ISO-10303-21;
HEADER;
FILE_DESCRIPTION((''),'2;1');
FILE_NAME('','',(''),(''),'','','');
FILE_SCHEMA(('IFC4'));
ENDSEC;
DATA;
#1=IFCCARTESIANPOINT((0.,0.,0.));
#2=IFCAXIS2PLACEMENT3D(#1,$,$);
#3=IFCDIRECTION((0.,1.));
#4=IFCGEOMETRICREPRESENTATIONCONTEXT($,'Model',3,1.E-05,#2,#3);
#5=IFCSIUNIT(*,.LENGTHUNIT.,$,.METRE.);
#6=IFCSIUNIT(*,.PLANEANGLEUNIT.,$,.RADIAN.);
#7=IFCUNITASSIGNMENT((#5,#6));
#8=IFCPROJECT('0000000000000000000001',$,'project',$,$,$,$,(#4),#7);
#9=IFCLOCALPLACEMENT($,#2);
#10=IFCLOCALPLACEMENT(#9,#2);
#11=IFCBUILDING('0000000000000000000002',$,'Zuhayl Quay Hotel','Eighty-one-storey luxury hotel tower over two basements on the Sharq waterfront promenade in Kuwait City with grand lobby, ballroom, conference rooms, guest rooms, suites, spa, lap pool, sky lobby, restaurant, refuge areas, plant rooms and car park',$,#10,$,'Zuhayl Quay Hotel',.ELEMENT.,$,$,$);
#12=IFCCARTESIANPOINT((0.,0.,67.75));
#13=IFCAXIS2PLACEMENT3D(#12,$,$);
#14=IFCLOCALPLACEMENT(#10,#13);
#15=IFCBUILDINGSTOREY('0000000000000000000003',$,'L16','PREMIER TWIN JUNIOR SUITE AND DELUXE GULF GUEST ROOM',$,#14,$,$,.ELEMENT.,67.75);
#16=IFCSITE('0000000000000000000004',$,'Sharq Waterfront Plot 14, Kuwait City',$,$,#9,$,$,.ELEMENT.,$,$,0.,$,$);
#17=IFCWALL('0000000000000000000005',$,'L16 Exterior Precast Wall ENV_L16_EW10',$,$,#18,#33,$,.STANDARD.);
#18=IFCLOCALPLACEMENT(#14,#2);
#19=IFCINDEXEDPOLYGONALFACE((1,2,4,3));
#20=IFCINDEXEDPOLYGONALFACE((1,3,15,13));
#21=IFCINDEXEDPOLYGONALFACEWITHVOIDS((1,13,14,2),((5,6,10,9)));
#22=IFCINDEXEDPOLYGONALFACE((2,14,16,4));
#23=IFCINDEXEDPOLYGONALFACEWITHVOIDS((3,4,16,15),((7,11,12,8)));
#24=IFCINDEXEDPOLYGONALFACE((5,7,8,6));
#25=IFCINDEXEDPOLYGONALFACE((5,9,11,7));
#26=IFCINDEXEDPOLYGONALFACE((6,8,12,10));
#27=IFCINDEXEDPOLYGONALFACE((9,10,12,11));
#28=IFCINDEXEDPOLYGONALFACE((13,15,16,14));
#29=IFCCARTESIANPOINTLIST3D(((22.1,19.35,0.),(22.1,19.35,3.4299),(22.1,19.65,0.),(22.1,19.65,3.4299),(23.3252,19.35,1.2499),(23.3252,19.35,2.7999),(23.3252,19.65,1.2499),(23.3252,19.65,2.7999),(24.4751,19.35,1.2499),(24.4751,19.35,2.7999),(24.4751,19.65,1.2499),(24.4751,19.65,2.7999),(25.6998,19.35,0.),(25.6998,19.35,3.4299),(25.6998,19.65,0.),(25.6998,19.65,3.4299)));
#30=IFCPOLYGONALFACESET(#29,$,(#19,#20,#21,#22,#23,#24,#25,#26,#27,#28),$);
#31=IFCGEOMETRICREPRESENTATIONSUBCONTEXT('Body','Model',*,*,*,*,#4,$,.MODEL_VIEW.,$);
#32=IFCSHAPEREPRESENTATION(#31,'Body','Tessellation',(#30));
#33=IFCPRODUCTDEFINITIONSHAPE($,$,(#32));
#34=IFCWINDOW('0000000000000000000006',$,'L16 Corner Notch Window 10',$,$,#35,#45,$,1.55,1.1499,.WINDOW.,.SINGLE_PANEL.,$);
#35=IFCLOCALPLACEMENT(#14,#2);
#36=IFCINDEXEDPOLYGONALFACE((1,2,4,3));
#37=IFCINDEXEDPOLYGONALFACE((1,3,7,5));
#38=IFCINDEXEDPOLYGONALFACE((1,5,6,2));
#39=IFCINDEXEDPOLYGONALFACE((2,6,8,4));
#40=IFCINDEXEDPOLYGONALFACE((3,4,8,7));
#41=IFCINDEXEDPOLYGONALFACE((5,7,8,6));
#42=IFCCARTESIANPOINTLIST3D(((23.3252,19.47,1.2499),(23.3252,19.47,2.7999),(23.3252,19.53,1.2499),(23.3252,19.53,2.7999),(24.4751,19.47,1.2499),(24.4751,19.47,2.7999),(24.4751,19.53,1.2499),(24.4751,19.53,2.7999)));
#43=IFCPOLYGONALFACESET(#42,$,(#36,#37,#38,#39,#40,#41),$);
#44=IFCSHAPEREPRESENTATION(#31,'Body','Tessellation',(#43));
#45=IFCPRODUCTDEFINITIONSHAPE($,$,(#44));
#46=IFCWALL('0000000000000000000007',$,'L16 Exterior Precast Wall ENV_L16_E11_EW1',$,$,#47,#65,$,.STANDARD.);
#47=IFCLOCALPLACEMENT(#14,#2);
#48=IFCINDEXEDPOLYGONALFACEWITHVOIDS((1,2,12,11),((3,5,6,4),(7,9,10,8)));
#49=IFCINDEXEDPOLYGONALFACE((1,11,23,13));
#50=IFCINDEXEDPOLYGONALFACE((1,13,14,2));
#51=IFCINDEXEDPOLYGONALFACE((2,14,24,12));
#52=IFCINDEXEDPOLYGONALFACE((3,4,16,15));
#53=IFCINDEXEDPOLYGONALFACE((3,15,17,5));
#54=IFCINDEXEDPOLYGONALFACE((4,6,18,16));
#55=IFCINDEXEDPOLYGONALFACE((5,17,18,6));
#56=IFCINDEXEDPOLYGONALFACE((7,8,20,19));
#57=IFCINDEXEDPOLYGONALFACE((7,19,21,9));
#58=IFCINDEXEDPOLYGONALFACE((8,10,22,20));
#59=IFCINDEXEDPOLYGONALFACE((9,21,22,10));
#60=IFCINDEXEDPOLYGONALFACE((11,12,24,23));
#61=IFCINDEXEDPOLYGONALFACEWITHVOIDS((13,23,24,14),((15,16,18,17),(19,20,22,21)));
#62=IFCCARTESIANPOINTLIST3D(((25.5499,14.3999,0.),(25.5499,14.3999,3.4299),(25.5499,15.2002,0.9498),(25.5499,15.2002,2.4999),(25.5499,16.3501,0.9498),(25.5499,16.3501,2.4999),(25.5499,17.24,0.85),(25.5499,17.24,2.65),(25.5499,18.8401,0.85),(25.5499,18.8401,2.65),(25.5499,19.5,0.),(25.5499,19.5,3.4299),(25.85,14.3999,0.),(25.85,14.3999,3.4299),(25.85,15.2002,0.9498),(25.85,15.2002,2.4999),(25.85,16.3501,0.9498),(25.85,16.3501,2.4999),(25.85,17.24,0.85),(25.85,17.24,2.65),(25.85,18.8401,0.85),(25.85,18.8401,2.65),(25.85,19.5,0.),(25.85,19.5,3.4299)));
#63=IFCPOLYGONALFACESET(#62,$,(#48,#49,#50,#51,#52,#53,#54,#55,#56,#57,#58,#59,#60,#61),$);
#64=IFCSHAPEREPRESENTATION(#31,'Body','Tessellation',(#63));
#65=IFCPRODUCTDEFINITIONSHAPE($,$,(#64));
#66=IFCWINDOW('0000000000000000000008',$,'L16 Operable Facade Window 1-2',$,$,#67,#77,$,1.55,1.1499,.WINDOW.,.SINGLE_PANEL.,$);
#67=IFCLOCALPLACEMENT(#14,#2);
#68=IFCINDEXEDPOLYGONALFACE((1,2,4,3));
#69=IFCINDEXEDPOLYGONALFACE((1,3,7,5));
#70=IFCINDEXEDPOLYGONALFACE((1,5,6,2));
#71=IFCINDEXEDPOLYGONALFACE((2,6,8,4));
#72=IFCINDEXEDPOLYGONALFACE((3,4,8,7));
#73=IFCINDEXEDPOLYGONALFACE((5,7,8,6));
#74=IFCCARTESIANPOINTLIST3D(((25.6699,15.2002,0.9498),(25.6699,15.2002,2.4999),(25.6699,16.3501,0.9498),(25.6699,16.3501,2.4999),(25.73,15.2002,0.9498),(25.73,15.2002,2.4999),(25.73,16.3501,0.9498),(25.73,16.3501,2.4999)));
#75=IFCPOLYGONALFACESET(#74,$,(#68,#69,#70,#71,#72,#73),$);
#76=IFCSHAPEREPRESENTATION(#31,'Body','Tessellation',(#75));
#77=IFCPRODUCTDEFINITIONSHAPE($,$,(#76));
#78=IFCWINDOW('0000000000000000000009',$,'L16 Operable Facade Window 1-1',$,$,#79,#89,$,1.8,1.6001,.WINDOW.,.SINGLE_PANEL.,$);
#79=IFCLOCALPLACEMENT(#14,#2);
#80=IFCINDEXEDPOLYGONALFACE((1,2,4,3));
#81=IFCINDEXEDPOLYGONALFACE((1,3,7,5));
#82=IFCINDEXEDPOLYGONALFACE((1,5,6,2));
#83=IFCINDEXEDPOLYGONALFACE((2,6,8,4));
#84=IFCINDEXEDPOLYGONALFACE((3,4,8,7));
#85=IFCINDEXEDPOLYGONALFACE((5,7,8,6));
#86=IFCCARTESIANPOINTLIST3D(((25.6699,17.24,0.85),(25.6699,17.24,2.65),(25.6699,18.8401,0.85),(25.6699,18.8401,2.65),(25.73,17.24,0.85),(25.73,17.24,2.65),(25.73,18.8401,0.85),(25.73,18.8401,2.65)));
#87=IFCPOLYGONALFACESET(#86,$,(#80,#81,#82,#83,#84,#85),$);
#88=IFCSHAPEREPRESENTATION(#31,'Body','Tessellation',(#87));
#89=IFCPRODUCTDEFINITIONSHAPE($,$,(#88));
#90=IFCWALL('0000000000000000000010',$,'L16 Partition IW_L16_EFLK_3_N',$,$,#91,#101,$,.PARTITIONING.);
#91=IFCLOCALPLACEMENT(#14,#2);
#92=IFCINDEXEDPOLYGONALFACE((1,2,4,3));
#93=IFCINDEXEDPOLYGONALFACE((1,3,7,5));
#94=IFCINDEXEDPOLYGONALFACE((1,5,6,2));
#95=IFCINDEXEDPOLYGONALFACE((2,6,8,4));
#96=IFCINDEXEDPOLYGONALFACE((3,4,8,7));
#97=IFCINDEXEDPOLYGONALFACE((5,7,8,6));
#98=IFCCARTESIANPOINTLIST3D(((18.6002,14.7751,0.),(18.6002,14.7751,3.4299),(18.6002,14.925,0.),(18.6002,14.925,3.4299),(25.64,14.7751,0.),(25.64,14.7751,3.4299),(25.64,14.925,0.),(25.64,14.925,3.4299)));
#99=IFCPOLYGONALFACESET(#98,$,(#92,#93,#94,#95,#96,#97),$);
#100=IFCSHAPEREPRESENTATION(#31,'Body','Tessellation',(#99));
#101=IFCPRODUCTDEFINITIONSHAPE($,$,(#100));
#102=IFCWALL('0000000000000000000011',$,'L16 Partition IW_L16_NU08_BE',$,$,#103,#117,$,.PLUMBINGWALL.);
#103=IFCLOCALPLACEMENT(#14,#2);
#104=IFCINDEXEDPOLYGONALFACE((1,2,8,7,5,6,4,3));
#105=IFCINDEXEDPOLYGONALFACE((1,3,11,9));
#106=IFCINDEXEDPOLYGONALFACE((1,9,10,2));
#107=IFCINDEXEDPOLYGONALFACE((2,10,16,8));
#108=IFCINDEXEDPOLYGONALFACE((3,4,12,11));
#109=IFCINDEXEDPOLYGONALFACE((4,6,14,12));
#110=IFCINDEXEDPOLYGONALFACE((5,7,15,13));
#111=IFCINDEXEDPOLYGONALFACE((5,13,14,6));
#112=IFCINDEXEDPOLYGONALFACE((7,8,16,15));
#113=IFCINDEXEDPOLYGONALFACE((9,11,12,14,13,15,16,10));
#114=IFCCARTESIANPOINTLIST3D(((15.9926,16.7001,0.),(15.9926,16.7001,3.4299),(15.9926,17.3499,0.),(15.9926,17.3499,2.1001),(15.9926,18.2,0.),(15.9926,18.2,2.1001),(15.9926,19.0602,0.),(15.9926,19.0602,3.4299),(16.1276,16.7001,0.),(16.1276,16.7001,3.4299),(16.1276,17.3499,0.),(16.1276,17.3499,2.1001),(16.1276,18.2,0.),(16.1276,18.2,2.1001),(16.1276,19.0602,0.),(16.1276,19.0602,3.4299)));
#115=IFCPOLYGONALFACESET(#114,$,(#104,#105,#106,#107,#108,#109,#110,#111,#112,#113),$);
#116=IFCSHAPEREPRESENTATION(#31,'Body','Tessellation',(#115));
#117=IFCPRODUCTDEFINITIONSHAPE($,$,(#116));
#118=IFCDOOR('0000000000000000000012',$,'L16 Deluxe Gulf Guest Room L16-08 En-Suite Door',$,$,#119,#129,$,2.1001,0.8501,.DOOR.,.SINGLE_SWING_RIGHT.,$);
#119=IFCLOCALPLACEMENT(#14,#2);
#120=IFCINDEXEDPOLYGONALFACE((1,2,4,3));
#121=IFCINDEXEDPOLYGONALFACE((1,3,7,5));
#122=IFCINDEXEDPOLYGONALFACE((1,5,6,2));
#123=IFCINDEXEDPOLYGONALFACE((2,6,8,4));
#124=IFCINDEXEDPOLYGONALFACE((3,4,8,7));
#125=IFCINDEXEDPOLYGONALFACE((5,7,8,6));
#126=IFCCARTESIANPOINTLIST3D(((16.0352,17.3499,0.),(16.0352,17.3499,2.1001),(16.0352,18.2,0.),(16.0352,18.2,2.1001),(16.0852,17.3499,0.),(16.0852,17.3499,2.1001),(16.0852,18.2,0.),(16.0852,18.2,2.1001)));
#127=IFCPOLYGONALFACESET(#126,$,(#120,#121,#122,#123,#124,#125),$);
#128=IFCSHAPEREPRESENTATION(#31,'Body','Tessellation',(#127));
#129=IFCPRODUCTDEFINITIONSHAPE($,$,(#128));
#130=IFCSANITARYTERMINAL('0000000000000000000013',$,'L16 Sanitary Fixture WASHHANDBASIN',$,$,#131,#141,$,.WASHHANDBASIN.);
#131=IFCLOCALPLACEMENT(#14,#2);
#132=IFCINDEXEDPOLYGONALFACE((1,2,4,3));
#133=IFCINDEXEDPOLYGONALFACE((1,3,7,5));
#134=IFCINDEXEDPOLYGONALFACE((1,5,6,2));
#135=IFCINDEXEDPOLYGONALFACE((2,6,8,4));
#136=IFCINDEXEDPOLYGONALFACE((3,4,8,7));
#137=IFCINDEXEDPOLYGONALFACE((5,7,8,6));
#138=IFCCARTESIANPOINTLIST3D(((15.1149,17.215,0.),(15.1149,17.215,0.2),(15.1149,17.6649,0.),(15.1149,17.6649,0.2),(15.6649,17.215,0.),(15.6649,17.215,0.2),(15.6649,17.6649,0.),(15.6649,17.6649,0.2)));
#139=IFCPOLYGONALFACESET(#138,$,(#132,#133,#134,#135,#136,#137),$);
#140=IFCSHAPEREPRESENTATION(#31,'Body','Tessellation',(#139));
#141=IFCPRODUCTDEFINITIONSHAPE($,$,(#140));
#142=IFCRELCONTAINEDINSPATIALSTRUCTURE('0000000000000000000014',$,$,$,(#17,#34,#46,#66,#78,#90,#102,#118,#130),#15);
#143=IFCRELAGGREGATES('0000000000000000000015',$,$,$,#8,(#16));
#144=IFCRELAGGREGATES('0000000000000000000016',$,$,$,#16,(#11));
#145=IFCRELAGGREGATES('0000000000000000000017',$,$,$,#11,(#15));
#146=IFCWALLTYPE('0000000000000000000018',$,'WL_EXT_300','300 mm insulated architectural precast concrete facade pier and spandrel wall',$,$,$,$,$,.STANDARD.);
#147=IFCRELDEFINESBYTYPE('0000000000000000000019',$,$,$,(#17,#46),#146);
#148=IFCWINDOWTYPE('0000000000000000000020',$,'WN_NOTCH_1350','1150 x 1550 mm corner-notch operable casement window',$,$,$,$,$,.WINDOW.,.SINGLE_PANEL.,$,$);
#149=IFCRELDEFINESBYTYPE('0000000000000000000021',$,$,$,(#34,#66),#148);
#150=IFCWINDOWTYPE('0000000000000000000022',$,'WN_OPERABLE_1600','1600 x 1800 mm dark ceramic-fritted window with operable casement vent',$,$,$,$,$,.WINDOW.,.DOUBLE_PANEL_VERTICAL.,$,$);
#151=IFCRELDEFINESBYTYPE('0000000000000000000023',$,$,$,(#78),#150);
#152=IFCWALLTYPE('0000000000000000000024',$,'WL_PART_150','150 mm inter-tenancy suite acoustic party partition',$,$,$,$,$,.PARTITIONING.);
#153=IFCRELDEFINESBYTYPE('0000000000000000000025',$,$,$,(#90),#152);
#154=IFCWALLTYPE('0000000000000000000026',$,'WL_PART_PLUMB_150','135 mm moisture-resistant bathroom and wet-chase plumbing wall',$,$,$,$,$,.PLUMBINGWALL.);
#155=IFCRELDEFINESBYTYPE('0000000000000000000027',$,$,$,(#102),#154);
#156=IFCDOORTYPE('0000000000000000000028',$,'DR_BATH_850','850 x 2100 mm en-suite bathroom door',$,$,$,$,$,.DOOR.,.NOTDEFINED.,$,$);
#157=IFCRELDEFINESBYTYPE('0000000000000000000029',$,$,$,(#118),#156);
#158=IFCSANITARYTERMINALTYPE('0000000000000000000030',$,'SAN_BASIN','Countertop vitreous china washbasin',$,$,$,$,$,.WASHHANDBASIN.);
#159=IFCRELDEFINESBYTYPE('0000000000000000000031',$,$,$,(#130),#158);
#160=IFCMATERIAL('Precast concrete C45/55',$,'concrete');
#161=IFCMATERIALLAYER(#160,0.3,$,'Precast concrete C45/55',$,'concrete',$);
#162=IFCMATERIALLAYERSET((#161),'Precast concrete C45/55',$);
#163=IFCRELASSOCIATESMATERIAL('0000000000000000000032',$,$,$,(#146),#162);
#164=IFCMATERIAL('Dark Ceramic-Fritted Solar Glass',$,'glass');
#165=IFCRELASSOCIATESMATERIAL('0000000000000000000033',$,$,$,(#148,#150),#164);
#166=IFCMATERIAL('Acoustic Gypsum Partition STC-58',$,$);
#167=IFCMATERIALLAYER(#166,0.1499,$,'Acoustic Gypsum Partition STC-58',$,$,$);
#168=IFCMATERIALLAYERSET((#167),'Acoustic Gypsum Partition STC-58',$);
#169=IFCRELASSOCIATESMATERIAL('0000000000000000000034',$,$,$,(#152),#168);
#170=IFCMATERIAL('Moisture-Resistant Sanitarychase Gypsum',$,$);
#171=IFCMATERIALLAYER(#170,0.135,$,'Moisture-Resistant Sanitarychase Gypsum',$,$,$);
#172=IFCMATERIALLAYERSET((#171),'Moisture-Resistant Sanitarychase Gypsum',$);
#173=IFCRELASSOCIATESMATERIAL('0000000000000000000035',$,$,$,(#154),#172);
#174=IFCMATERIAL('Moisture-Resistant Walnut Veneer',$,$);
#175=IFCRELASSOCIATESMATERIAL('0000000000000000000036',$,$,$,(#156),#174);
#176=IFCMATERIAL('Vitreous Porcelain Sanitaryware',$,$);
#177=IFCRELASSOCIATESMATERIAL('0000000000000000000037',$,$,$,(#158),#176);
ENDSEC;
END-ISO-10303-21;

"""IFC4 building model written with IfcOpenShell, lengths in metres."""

from ifc_helpers import new_model, si_unit, direction, frame, frame_2d, origin, origin_2d, place, context, subcontext, project, spatial, rectangle, extrude, material, layer, layer_set, type_object, element, fill, save


model = new_model("IFC4")

# Units and contexts
model_context = context("Model", 3, precision=1e-05, world=origin(), true_north=direction((0.0, 1.0)))
body_context = subcontext(model_context, "Body", "Model", "MODEL_VIEW")
ifc_project = project(units=[si_unit("LENGTHUNIT", "METRE"), si_unit("PLANEANGLEUNIT", "RADIAN")], contexts=[model_context])

# Site, building, storey
site_placement = place(None, origin())
site = spatial("IfcSite", under=ifc_project, at=site_placement, Name="Sharq Waterfront Plot 14, Kuwait City", CompositionType="ELEMENT", RefElevation=0.0)
building_placement = place(site_placement, origin())
building = spatial("IfcBuilding", under=site, at=building_placement, Name="Zuhayl Quay Hotel", Description="Eighty-one-storey luxury hotel tower over two basements on the Sharq waterfront promenade in Kuwait City with grand lobby, ballroom, conference rooms, guest rooms, suites, spa, lap pool, sky lobby, restaurant, refuge areas, plant rooms and car park", LongName="Zuhayl Quay Hotel", CompositionType="ELEMENT")
storey_placement = place(building_placement, frame((0.0, 0.0, 67.75)))
storey = spatial("IfcBuildingStorey", under=building, at=storey_placement, Name="L16", Description="PREMIER TWIN JUNIOR SUITE AND DELUXE GULF GUEST ROOM", CompositionType="ELEMENT", Elevation=67.75)

# Shared definitions
ifc_material_1 = material(Name="Dark Ceramic-Fritted Solar Glass", Category="glass")

# Shared definitions
ifc_material_2 = material(Name="Precast concrete C45/55", Category="concrete")
ifc_layer_1 = layer(ifc_material_2, 0.3, Name="Precast concrete C45/55", Category="concrete")
ifc_layer_set_1 = layer_set([ifc_layer_1], Name="Precast concrete C45/55")
wall_type_1 = type_object("IfcWallType", Name="WL_EXT_300", Description="300 mm insulated architectural precast concrete facade pier and spandrel wall", PredefinedType="STANDARD", material=ifc_layer_set_1)

# Wall, opening, window
window_type_1 = type_object("IfcWindowType", Name="WN_NOTCH_1350", Description="1150 x 1550 mm corner-notch operable casement window", PartitioningType="SINGLE_PANEL", PredefinedType="WINDOW", material=ifc_material_1)
wall_1_placement = place(storey_placement, frame((22.1001, 19.5, 0.0), z_axis=(0.0, 0.0, 1.0), x_axis=(1.0, 0.0, 0.0)))
wall_1 = element("IfcWall", 1, at=wall_1_placement, inside=storey, type_object=wall_type_1, Name="L16 Exterior Precast Wall ENV_L16_EW10", PredefinedType="STANDARD", context=body_context, shape_type="SweptSolid", body=[
    extrude(rectangle(XDim=3.5999, YDim=0.3, at=frame_2d((1.7998, 0.0))), origin(), (0.0, 0.0, 1.0), 3.4299),
])
opening_1_placement = place(wall_1_placement, frame((1.2251, 0.0, 1.25)))
opening_1 = element("IfcOpeningElement", 2, at=opening_1_placement, cuts=wall_1, PredefinedType="OPENING", context=body_context, shape_type="SweptSolid", body=[
    extrude(rectangle(XDim=1.1499, YDim=1.55, at=frame_2d((0.575, 0.7749))), frame((0.0, 0.1599, 0.0), z_axis=(0.0, -1.0, 0.0), x_axis=(1.0, 0.0, 0.0)), (0.0, 0.0, 1.0), 0.3201),
])
window_1_placement = place(opening_1_placement, origin())
window_1 = element("IfcWindow", 3, at=window_1_placement, inside=storey, type_object=window_type_1, Name="L16 Corner Notch Window 10", OverallHeight=1.55, OverallWidth=1.1499, PartitioningType="SINGLE_PANEL", PredefinedType="WINDOW", context=body_context, shape_type="SweptSolid", body=[
    extrude(rectangle(XDim=1.1499, YDim=1.55, at=frame_2d((0.575, 0.7749))), frame((0.0, 0.03, 0.0), z_axis=(0.0, -1.0, 0.0), x_axis=(1.0, 0.0, 0.0)), (0.0, 0.0, 1.0), 0.0601),
])
fill(opening_1, window_1)

# Wall, openings, windows
wall_2_placement = place(storey_placement, frame((25.7, 19.5, 0.0), z_axis=(0.0, 0.0, 1.0), x_axis=(0.0, -1.0, 0.0)))
wall_2 = element("IfcWall", 4, at=wall_2_placement, inside=storey, type_object=wall_type_1, Name="L16 Exterior Precast Wall ENV_L16_E11_EW1", PredefinedType="STANDARD", context=body_context, shape_type="SweptSolid", body=[
    extrude(rectangle(XDim=5.1001, YDim=0.3, at=frame_2d((2.55, 0.0))), origin(), (0.0, 0.0, 1.0), 3.4299),
])
opening_2_placement = place(wall_2_placement, frame((0.6599, 0.0, 0.8501)))
opening_2 = element("IfcOpeningElement", 5, at=opening_2_placement, cuts=wall_2, PredefinedType="OPENING", context=body_context, shape_type="SweptSolid", body=[
    extrude(rectangle(XDim=1.6001, YDim=1.8, at=frame_2d((0.8, 0.8999))), frame((0.0, 0.1599, 0.0), z_axis=(0.0, -1.0, 0.0), x_axis=(1.0, 0.0, 0.0)), (0.0, 0.0, 1.0), 0.3201),
])
opening_3_placement = place(wall_2_placement, frame((3.1499, 0.0, 0.95)))
opening_3 = element("IfcOpeningElement", 6, at=opening_3_placement, cuts=wall_2, PredefinedType="OPENING", context=body_context, shape_type="SweptSolid", body=[
    extrude(rectangle(XDim=1.1499, YDim=1.55, at=frame_2d((0.575, 0.7749))), frame((0.0, 0.1599, 0.0), z_axis=(0.0, -1.0, 0.0), x_axis=(1.0, 0.0, 0.0)), (0.0, 0.0, 1.0), 0.3201),
])
window_2_placement = place(opening_3_placement, origin())
window_2 = element("IfcWindow", 7, at=window_2_placement, inside=storey, type_object=window_type_1, Name="L16 Operable Facade Window 1-2", OverallHeight=1.55, OverallWidth=1.1499, PartitioningType="SINGLE_PANEL", PredefinedType="WINDOW", context=body_context, shape_type="SweptSolid", body=[
    extrude(rectangle(XDim=1.1499, YDim=1.55, at=frame_2d((0.575, 0.7749))), frame((0.0, 0.03, 0.0), z_axis=(0.0, -1.0, 0.0), x_axis=(1.0, 0.0, 0.0)), (0.0, 0.0, 1.0), 0.0601),
])
fill(opening_3, window_2)
window_type_2 = type_object("IfcWindowType", Name="WN_OPERABLE_1600", Description="1600 x 1800 mm dark ceramic-fritted window with operable casement vent", PartitioningType="DOUBLE_PANEL_VERTICAL", PredefinedType="WINDOW", material=ifc_material_1)
window_3_placement = place(opening_2_placement, origin())
window_3 = element("IfcWindow", 8, at=window_3_placement, inside=storey, type_object=window_type_2, Name="L16 Operable Facade Window 1-1", OverallHeight=1.8, OverallWidth=1.6001, PartitioningType="SINGLE_PANEL", PredefinedType="WINDOW", context=body_context, shape_type="SweptSolid", body=[
    extrude(rectangle(XDim=1.6001, YDim=1.8, at=frame_2d((0.8, 0.8999))), frame((0.0, 0.03, 0.0), z_axis=(0.0, -1.0, 0.0), x_axis=(1.0, 0.0, 0.0)), (0.0, 0.0, 1.0), 0.0601),
])
fill(opening_2, window_3)

# Wall
ifc_material_3 = material(Name="Acoustic Gypsum Partition STC-58")
ifc_layer_2 = layer(ifc_material_3, 0.1499, Name="Acoustic Gypsum Partition STC-58")
ifc_layer_set_2 = layer_set([ifc_layer_2], Name="Acoustic Gypsum Partition STC-58")
wall_type_2 = type_object("IfcWallType", Name="WL_PART_150", Description="150 mm inter-tenancy suite acoustic party partition", PredefinedType="PARTITIONING", material=ifc_layer_set_2)
wall_3_placement = place(storey_placement, frame((18.6001, 14.8501, 0.0), z_axis=(0.0, 0.0, 1.0), x_axis=(1.0, 0.0, 0.0)))
element("IfcWall", 9, at=wall_3_placement, inside=storey, type_object=wall_type_2, Name="L16 Partition IW_L16_EFLK_3_N", PredefinedType="PARTITIONING", context=body_context, shape_type="SweptSolid", body=[
    extrude(rectangle(XDim=7.0398, YDim=0.1499, at=frame_2d((3.52, 0.0))), origin(), (0.0, 0.0, 1.0), 3.4299),
])

# Wall, opening, door
ifc_material_4 = material(Name="Moisture-Resistant Sanitarychase Gypsum")
ifc_layer_3 = layer(ifc_material_4, 0.135, Name="Moisture-Resistant Sanitarychase Gypsum")
ifc_layer_set_3 = layer_set([ifc_layer_3], Name="Moisture-Resistant Sanitarychase Gypsum")
wall_type_3 = type_object("IfcWallType", Name="WL_PART_PLUMB_150", Description="135 mm moisture-resistant bathroom and wet-chase plumbing wall", PredefinedType="PLUMBINGWALL", material=ifc_layer_set_3)
wall_4_placement = place(storey_placement, frame((16.0601, 16.7, 0.0), z_axis=(0.0, 0.0, 1.0), x_axis=(0.0, 1.0, 0.0)))
wall_4 = element("IfcWall", 10, at=wall_4_placement, inside=storey, type_object=wall_type_3, Name="L16 Partition IW_L16_NU08_BE", PredefinedType="PLUMBINGWALL", context=body_context, shape_type="SweptSolid", body=[
    extrude(rectangle(XDim=2.3601, YDim=0.135, at=frame_2d((1.1802, 0.0))), origin(), (0.0, 0.0, 1.0), 3.4299),
])
opening_4_placement = place(wall_4_placement, frame((0.6499, 0.0, 0.0)))
opening_4 = element("IfcOpeningElement", 11, at=opening_4_placement, cuts=wall_4, PredefinedType="OPENING", context=body_context, shape_type="SweptSolid", body=[
    extrude(rectangle(XDim=0.8501, YDim=2.1001, at=frame_2d((0.425, 1.05))), frame((0.0, 0.0774, 0.0), z_axis=(0.0, -1.0, 0.0), x_axis=(1.0, 0.0, 0.0)), (0.0, 0.0, 1.0), 0.155),
])
ifc_material_5 = material(Name="Moisture-Resistant Walnut Veneer")
door_type = type_object("IfcDoorType", Name="DR_BATH_850", Description="850 x 2100 mm en-suite bathroom door", OperationType="NOTDEFINED", PredefinedType="DOOR", material=ifc_material_5)
door_placement = place(opening_4_placement, origin())
door = element("IfcDoor", 12, at=door_placement, inside=storey, type_object=door_type, Name="L16 Deluxe Gulf Guest Room L16-08 En-Suite Door", OperationType="SINGLE_SWING_RIGHT", OverallHeight=2.1001, OverallWidth=0.8501, PredefinedType="DOOR", context=body_context, shape_type="SweptSolid", body=[
    extrude(rectangle(XDim=0.8501, YDim=2.1001, at=frame_2d((0.425, 1.05))), frame((0.0, 0.0249, 0.0), z_axis=(0.0, -1.0, 0.0), x_axis=(1.0, 0.0, 0.0)), (0.0, 0.0, 1.0), 0.05),
])
fill(opening_4, door)

# Sanitary terminal
ifc_material_6 = material(Name="Vitreous Porcelain Sanitaryware")
sanitary_terminal_type = type_object("IfcSanitaryTerminalType", Name="SAN_BASIN", Description="Countertop vitreous china washbasin", PredefinedType="WASHHANDBASIN", material=ifc_material_6)
sanitary_terminal_placement = place(storey_placement, frame((15.3899, 17.4399, 0.0), z_axis=(0.0, 0.0, 1.0), x_axis=(1.0, 0.0, 0.0)))
element("IfcSanitaryTerminal", 13, at=sanitary_terminal_placement, inside=storey, type_object=sanitary_terminal_type, Name="L16 Sanitary Fixture WASHHANDBASIN", PredefinedType="WASHHANDBASIN", context=body_context, shape_type="SweptSolid", body=[
    extrude(rectangle(XDim=0.55, YDim=0.45, at=origin_2d()), origin(), (0.0, 0.0, 1.0), 0.2),
])

save(model, "model.ifc")
